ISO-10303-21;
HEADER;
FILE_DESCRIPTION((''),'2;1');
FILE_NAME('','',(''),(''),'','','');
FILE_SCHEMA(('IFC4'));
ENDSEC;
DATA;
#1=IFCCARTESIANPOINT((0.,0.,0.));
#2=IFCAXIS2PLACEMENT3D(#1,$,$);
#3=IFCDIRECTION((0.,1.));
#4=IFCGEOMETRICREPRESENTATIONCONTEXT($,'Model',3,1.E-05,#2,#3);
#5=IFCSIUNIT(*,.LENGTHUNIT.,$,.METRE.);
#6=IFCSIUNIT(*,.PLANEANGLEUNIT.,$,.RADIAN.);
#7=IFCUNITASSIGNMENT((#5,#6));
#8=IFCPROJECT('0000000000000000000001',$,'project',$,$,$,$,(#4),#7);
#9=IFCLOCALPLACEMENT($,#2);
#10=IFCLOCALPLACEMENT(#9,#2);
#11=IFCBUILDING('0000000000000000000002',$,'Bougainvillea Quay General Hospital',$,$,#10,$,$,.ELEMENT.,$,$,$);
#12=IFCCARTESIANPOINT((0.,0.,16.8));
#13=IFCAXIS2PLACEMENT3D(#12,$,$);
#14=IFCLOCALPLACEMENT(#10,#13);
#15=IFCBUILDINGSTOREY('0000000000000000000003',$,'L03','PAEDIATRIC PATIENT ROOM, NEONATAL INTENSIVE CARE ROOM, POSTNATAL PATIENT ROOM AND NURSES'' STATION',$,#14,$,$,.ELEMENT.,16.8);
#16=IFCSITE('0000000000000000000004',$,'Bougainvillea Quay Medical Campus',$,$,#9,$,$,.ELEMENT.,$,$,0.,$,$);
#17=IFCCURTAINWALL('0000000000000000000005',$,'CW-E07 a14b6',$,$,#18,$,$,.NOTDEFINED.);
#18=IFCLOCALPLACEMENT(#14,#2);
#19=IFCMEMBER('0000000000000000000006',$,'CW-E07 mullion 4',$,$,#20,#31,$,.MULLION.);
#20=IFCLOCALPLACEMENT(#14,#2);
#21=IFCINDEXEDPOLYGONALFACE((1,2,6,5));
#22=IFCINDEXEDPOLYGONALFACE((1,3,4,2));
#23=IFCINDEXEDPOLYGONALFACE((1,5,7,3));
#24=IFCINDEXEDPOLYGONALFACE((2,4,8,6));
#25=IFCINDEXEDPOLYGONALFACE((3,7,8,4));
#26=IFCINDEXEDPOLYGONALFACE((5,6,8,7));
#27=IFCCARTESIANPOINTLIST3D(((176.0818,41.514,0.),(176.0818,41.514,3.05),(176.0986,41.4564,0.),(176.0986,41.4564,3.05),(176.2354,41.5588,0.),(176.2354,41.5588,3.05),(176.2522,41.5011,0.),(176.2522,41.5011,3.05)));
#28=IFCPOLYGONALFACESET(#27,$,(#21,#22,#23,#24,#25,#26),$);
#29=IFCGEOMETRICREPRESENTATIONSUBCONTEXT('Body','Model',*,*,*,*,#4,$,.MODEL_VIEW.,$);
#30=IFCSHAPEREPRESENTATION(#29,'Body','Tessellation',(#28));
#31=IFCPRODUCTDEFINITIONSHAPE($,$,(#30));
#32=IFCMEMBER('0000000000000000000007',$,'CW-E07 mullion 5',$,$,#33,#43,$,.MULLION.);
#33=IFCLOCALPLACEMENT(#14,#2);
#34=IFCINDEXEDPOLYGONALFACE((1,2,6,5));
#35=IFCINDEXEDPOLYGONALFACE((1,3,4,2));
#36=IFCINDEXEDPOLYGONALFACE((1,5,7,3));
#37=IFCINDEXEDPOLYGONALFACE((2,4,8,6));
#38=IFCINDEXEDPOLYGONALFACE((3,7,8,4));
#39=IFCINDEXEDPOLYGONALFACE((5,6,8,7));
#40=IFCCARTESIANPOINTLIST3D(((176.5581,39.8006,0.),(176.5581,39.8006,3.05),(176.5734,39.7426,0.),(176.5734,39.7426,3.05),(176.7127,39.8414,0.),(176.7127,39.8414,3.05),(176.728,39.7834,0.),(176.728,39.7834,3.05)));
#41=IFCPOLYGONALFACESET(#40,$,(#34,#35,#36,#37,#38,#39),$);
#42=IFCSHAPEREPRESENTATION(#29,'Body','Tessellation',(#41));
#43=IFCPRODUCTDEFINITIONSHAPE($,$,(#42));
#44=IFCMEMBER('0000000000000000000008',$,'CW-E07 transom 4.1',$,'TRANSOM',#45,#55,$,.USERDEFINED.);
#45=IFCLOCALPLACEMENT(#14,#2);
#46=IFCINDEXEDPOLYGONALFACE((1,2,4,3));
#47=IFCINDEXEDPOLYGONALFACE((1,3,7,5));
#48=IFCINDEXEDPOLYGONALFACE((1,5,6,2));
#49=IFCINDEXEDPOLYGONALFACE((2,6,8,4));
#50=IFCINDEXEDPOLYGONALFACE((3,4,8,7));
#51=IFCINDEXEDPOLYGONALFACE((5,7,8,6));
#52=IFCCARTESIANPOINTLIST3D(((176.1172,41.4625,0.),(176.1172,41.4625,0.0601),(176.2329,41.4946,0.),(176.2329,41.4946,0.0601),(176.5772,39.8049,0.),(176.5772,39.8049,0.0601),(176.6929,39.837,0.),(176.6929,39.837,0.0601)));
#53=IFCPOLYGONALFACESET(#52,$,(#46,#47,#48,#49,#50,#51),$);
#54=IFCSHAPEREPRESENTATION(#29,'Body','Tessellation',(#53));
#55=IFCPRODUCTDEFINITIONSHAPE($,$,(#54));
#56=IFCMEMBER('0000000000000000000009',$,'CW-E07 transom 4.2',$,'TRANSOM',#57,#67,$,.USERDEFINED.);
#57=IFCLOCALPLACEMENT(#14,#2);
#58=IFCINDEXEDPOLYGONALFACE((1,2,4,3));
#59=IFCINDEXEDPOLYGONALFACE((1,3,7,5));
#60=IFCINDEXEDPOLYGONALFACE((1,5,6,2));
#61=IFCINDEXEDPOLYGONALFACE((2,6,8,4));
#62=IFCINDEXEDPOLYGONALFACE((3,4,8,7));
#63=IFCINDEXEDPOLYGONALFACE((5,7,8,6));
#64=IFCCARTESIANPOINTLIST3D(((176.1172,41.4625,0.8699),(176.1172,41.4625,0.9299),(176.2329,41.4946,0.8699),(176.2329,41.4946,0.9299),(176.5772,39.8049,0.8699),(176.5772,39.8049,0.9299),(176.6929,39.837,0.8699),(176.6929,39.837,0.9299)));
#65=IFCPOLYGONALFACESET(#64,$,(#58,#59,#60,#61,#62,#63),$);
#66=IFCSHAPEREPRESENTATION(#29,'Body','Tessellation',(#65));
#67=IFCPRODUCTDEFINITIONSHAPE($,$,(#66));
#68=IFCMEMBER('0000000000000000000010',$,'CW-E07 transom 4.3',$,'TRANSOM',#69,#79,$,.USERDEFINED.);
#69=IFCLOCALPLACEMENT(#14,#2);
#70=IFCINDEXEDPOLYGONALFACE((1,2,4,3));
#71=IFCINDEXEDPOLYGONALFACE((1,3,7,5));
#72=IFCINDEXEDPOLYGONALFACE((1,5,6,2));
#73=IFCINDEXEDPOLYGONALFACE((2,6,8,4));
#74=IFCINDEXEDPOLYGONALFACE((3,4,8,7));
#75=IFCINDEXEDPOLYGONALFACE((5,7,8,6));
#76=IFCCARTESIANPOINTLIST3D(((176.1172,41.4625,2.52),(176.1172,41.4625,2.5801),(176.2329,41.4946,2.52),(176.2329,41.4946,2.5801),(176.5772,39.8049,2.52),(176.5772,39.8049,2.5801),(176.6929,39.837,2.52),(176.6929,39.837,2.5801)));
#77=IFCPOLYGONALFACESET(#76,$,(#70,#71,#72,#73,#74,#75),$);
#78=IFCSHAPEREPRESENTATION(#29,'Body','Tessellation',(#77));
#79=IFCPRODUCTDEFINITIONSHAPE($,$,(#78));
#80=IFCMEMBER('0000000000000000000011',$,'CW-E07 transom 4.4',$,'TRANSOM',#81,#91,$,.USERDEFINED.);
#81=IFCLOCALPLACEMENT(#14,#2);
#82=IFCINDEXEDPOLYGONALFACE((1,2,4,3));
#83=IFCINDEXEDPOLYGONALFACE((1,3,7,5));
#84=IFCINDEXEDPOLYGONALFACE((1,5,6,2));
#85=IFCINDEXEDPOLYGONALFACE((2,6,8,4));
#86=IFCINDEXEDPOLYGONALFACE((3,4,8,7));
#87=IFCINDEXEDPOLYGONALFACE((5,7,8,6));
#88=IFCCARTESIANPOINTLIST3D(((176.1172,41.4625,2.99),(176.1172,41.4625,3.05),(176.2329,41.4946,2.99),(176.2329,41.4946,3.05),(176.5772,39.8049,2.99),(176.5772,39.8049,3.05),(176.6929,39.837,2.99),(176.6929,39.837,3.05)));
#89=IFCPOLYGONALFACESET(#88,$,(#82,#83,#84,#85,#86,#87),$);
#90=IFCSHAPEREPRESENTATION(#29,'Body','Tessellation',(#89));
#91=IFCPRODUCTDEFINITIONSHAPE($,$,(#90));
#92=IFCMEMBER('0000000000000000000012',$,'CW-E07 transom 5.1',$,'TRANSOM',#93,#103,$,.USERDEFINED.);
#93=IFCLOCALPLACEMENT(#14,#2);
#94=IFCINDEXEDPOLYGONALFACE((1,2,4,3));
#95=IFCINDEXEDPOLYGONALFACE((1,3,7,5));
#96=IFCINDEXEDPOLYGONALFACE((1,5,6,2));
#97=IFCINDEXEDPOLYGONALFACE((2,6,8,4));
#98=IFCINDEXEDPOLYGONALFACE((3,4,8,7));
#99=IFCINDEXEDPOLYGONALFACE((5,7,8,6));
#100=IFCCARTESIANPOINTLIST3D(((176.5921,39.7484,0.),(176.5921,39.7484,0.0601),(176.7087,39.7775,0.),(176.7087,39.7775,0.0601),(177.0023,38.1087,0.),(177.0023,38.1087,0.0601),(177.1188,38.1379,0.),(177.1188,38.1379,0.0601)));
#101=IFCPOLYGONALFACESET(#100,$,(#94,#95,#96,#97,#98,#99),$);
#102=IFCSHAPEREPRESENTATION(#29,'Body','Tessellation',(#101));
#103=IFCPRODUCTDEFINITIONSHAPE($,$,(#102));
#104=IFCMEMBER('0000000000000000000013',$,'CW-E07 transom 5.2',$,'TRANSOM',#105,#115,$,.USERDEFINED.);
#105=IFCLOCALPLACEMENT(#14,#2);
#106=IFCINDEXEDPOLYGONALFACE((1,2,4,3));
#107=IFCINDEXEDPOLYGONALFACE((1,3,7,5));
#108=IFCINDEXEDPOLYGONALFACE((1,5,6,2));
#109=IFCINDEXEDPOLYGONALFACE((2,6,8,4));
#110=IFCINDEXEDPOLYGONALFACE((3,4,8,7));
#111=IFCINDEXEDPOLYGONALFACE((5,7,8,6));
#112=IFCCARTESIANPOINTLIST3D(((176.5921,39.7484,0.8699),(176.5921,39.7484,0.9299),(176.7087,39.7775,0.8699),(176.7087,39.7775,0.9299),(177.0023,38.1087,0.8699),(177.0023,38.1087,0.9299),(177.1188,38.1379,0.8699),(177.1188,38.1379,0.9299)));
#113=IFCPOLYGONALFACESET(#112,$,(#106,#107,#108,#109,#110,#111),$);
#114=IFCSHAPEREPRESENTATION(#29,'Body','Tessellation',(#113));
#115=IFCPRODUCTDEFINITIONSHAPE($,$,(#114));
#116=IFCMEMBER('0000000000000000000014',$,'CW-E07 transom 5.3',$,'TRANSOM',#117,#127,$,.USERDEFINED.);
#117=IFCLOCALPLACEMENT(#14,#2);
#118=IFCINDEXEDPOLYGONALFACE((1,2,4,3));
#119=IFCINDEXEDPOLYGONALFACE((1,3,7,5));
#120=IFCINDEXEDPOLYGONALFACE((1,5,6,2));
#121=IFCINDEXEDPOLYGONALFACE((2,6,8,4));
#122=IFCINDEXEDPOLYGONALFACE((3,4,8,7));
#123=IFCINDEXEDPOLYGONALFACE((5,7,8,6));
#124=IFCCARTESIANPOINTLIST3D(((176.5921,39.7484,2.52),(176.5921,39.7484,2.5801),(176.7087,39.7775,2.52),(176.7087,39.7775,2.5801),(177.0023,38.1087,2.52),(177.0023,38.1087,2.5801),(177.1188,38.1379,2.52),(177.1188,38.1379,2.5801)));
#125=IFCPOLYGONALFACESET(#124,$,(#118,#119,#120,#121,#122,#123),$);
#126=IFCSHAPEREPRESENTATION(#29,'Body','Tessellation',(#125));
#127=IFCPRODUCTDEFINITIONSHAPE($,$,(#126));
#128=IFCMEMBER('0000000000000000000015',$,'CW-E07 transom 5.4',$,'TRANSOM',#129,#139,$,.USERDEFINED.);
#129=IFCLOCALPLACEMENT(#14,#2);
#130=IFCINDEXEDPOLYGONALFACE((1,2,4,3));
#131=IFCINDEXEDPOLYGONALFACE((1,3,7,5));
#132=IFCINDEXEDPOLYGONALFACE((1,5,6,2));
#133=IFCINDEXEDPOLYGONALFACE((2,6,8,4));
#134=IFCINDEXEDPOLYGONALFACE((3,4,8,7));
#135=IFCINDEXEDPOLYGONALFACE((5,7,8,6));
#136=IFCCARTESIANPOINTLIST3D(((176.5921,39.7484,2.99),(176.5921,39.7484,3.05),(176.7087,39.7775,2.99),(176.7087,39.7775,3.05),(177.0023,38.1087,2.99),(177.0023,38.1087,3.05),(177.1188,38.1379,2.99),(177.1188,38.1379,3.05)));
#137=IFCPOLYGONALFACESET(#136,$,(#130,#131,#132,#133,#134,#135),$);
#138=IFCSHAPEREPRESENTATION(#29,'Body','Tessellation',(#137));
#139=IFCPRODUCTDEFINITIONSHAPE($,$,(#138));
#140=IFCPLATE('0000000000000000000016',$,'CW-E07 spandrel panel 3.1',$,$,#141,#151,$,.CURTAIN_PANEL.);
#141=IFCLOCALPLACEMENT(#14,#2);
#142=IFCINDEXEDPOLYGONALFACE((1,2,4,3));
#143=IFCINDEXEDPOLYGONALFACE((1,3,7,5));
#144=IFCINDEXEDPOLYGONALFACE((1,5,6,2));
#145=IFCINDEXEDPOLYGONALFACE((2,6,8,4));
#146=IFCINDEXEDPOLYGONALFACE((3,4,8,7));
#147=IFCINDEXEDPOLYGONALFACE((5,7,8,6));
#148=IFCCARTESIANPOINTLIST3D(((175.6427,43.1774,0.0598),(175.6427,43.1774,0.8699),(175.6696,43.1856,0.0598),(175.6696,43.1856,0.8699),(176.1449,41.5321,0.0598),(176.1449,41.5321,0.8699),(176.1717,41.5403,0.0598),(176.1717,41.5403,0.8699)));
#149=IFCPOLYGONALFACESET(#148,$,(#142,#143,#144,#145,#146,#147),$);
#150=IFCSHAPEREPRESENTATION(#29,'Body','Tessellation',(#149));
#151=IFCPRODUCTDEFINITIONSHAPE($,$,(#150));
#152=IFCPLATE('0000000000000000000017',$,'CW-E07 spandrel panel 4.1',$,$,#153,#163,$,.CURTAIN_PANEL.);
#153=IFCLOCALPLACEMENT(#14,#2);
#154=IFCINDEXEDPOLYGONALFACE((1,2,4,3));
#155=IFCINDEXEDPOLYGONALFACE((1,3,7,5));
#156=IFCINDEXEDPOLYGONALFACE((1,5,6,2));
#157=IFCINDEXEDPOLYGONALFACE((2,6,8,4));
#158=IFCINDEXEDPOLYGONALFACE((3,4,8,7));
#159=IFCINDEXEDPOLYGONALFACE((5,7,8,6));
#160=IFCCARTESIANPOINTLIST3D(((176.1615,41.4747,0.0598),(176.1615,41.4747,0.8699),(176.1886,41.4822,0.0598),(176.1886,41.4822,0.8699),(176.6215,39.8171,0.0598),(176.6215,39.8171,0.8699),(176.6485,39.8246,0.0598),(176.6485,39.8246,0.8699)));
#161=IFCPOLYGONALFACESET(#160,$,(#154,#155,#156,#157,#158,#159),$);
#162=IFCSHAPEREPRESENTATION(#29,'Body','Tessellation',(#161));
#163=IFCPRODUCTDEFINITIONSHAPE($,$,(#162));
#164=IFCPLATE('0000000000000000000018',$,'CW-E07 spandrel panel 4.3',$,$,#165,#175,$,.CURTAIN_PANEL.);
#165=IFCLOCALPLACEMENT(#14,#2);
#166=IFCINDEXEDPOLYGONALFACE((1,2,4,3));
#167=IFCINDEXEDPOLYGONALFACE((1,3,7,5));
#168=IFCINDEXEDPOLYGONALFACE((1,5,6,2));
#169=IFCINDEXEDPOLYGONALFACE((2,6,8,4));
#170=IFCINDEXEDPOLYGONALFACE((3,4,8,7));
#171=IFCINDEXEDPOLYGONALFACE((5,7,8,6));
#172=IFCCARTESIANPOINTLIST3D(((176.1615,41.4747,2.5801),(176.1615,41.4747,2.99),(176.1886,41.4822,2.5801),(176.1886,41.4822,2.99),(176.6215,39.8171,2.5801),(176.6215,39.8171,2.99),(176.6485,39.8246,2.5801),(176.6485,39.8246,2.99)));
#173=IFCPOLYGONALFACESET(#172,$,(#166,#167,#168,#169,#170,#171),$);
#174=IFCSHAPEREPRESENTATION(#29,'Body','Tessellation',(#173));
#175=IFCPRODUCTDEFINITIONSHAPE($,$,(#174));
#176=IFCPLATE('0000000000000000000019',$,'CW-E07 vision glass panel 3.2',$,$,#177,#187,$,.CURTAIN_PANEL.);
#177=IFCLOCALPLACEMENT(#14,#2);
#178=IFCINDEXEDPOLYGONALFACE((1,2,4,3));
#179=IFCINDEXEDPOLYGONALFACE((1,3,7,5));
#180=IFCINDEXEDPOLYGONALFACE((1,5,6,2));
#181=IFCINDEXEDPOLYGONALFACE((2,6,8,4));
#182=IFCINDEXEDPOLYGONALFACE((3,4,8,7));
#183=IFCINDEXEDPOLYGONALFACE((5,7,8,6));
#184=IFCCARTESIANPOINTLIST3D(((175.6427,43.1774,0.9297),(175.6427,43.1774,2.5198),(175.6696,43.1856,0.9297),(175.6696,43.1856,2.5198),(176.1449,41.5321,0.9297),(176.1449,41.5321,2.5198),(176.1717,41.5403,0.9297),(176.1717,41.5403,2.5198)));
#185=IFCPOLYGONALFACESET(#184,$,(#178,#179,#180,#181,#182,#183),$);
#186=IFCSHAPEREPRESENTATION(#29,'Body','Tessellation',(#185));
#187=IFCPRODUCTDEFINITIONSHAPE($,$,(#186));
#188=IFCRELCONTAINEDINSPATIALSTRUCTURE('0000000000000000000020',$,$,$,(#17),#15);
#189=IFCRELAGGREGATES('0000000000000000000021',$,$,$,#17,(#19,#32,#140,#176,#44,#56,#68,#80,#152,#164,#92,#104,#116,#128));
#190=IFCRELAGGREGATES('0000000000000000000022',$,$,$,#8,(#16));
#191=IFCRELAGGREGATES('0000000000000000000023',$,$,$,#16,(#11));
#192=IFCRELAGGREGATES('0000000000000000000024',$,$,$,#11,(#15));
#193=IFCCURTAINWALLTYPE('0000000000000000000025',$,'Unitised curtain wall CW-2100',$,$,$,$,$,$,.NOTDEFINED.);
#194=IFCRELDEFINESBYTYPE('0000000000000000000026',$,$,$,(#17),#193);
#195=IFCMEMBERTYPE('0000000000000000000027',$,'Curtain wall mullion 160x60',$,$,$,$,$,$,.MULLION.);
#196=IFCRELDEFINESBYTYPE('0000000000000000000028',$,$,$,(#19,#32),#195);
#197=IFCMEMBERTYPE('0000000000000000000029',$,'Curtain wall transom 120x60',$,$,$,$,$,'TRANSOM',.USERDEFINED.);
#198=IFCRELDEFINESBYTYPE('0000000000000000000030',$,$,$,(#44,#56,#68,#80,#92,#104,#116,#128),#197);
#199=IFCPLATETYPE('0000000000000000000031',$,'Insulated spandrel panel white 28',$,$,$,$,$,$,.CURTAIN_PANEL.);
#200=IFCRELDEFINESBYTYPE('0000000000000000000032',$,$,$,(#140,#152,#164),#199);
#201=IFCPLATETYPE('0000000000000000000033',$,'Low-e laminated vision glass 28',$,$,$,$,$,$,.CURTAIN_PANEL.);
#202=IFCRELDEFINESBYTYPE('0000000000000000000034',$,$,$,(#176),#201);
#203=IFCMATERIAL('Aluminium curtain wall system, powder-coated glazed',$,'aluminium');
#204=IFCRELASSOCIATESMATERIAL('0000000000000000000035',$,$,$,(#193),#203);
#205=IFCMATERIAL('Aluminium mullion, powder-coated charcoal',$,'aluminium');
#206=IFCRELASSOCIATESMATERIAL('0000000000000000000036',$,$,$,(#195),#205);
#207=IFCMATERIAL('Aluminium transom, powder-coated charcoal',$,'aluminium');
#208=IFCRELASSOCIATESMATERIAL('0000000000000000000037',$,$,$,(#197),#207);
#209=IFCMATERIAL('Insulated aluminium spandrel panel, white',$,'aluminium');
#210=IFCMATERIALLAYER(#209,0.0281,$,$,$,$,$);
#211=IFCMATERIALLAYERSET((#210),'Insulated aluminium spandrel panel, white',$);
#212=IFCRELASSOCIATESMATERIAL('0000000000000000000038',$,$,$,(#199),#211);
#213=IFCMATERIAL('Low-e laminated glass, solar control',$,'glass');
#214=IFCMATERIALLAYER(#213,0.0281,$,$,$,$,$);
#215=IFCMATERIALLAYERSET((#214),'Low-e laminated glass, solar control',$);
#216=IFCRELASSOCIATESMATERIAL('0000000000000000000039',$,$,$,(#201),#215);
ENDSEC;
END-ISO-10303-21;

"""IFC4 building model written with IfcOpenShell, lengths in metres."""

from ifc_helpers import new_model, si_unit, direction, frame, origin, origin_2d, place, context, subcontext, project, spatial, rectangle, extrude, material, layer, layer_set, material_profile, profile_set, type_object, element, aggregate, save


model = new_model("IFC4")

# Units and contexts
model_context = context("Model", 3, precision=1e-05, world=origin(), true_north=direction((0.0, 1.0)))
body_context = subcontext(model_context, "Body", "Model", "MODEL_VIEW")
ifc_project = project(units=[si_unit("LENGTHUNIT", "METRE"), si_unit("PLANEANGLEUNIT", "RADIAN")], contexts=[model_context])

# Site, building, storey
site_placement = place(None, origin())
site = spatial("IfcSite", under=ifc_project, at=site_placement, Name="Bougainvillea Quay Medical Campus", CompositionType="ELEMENT", RefElevation=0.0)
building_placement = place(site_placement, origin())
building = spatial("IfcBuilding", under=site, at=building_placement, Name="Bougainvillea Quay General Hospital", CompositionType="ELEMENT")
storey_placement = place(building_placement, frame((0.0, 0.0, 16.8)))
storey = spatial("IfcBuildingStorey", under=building, at=storey_placement, Name="L03", Description="PAEDIATRIC PATIENT ROOM, NEONATAL INTENSIVE CARE ROOM, POSTNATAL PATIENT ROOM AND NURSES' STATION", CompositionType="ELEMENT", Elevation=16.8)

# Curtain wall, members, plates
ifc_material_1 = material(Name="Aluminium curtain wall system, powder-coated glazed", Category="aluminium")
curtain_wall_type = type_object("IfcCurtainWallType", Name="Unitised curtain wall CW-2100", PredefinedType="NOTDEFINED", material=ifc_material_1)
curtain_wall_placement = place(storey_placement, origin())
curtain_wall = element("IfcCurtainWall", 1, at=curtain_wall_placement, inside=storey, type_object=curtain_wall_type, Name="CW-E07 a14b6", PredefinedType="NOTDEFINED")
ifc_material_2 = material(Name="Aluminium mullion, powder-coated charcoal", Category="aluminium")
ifc_material_profile_1 = material_profile(ifc_material_2, rectangle(XDim=0.1599, YDim=0.0601, at=origin_2d()))
ifc_profile_set_1 = profile_set([ifc_material_profile_1], Name="Aluminium mullion, powder-coated charcoal")
member_type_1 = type_object("IfcMemberType", Name="Curtain wall mullion 160x60", PredefinedType="MULLION", material=ifc_profile_set_1)
member_1_placement = place(storey_placement, frame((176.167, 41.5076, 0.0), z_axis=(0.0, 0.0, 1.0), x_axis=(0.960095, 0.279675, 0.0)))
member_1 = element("IfcMember", 2, at=member_1_placement, type_object=member_type_1, Name="CW-E07 mullion 4", PredefinedType="MULLION", context=body_context, shape_type="SweptSolid", body=[
    extrude(rectangle(XDim=0.1599, YDim=0.0601, at=origin_2d()), origin(), (0.0, 0.0, 1.0), 3.05),
])
member_2_placement = place(storey_placement, frame((176.6431, 39.792, 0.0), z_axis=(0.0, 0.0, 1.0), x_axis=(0.96692, 0.255081, 0.0)))
member_2 = element("IfcMember", 3, at=member_2_placement, type_object=member_type_1, Name="CW-E07 mullion 5", PredefinedType="MULLION", context=body_context, shape_type="SweptSolid", body=[
    extrude(rectangle(XDim=0.1599, YDim=0.0601, at=origin_2d()), origin(), (0.0, 0.0, 1.0), 3.05),
])
ifc_material_3 = material(Name="Aluminium transom, powder-coated charcoal", Category="aluminium")
ifc_material_profile_2 = material_profile(ifc_material_3, rectangle(XDim=0.1201, YDim=0.0601, at=origin_2d()))
ifc_profile_set_2 = profile_set([ifc_material_profile_2], Name="Aluminium transom, powder-coated charcoal")
member_type_2 = type_object("IfcMemberType", Name="Curtain wall transom 120x60", ElementType="TRANSOM", PredefinedType="USERDEFINED", material=ifc_profile_set_2)
member_3_placement = place(storey_placement, frame((176.175, 41.4785, 0.03), z_axis=(0.267402, -0.963585, 0.0), x_axis=(0.963585, 0.267402, 0.0)))
member_3 = element("IfcMember", 4, at=member_3_placement, type_object=member_type_2, Name="CW-E07 transom 4.1", ObjectType="TRANSOM", PredefinedType="USERDEFINED", context=body_context, shape_type="SweptSolid", body=[
    extrude(rectangle(XDim=0.1201, YDim=0.0601, at=origin_2d()), origin(), (0.0, 0.0, 1.0), 1.7202),
])
member_4_placement = place(storey_placement, frame((176.175, 41.4785, 0.8999), z_axis=(0.267402, -0.963585, 0.0), x_axis=(0.963585, 0.267402, 0.0)))
member_4 = element("IfcMember", 5, at=member_4_placement, type_object=member_type_2, Name="CW-E07 transom 4.2", ObjectType="TRANSOM", PredefinedType="USERDEFINED", context=body_context, shape_type="SweptSolid", body=[
    extrude(rectangle(XDim=0.1201, YDim=0.0601, at=origin_2d()), origin(), (0.0, 0.0, 1.0), 1.7202),
])
member_5_placement = place(storey_placement, frame((176.175, 41.4785, 2.55), z_axis=(0.267402, -0.963585, 0.0), x_axis=(0.963585, 0.267402, 0.0)))
member_5 = element("IfcMember", 6, at=member_5_placement, type_object=member_type_2, Name="CW-E07 transom 4.3", ObjectType="TRANSOM", PredefinedType="USERDEFINED", context=body_context, shape_type="SweptSolid", body=[
    extrude(rectangle(XDim=0.1201, YDim=0.0601, at=origin_2d()), origin(), (0.0, 0.0, 1.0), 1.7202),
])
member_6_placement = place(storey_placement, frame((176.175, 41.4785, 3.02), z_axis=(0.267402, -0.963585, 0.0), x_axis=(0.963585, 0.267402, 0.0)))
member_6 = element("IfcMember", 7, at=member_6_placement, type_object=member_type_2, Name="CW-E07 transom 4.4", ObjectType="TRANSOM", PredefinedType="USERDEFINED", context=body_context, shape_type="SweptSolid", body=[
    extrude(rectangle(XDim=0.1201, YDim=0.0601, at=origin_2d()), origin(), (0.0, 0.0, 1.0), 1.7202),
])
member_7_placement = place(storey_placement, frame((176.6504, 39.7629, 0.03), z_axis=(0.242672, -0.970109, 0.0), x_axis=(0.970109, 0.242672, 0.0)))
member_7 = element("IfcMember", 8, at=member_7_placement, type_object=member_type_2, Name="CW-E07 transom 5.1", ObjectType="TRANSOM", PredefinedType="USERDEFINED", context=body_context, shape_type="SweptSolid", body=[
    extrude(rectangle(XDim=0.1201, YDim=0.0601, at=origin_2d()), origin(), (0.0, 0.0, 1.0), 1.6902),
])
member_8_placement = place(storey_placement, frame((176.6504, 39.7629, 0.8999), z_axis=(0.242672, -0.970109, 0.0), x_axis=(0.970109, 0.242672, 0.0)))
member_8 = element("IfcMember", 9, at=member_8_placement, type_object=member_type_2, Name="CW-E07 transom 5.2", ObjectType="TRANSOM", PredefinedType="USERDEFINED", context=body_context, shape_type="SweptSolid", body=[
    extrude(rectangle(XDim=0.1201, YDim=0.0601, at=origin_2d()), origin(), (0.0, 0.0, 1.0), 1.6902),
])
member_9_placement = place(storey_placement, frame((176.6504, 39.7629, 2.55), z_axis=(0.242672, -0.970109, 0.0), x_axis=(0.970109, 0.242672, 0.0)))
member_9 = element("IfcMember", 10, at=member_9_placement, type_object=member_type_2, Name="CW-E07 transom 5.3", ObjectType="TRANSOM", PredefinedType="USERDEFINED", context=body_context, shape_type="SweptSolid", body=[
    extrude(rectangle(XDim=0.1201, YDim=0.0601, at=origin_2d()), origin(), (0.0, 0.0, 1.0), 1.6902),
])
member_10_placement = place(storey_placement, frame((176.6504, 39.7629, 3.02), z_axis=(0.242672, -0.970109, 0.0), x_axis=(0.970109, 0.242672, 0.0)))
member_10 = element("IfcMember", 11, at=member_10_placement, type_object=member_type_2, Name="CW-E07 transom 5.4", ObjectType="TRANSOM", PredefinedType="USERDEFINED", context=body_context, shape_type="SweptSolid", body=[
    extrude(rectangle(XDim=0.1201, YDim=0.0601, at=origin_2d()), origin(), (0.0, 0.0, 1.0), 1.6902),
])
ifc_material_4 = material(Name="Insulated aluminium spandrel panel, white", Category="aluminium")
ifc_layer_1 = layer(ifc_material_4, 0.0281)
ifc_layer_set_1 = layer_set([ifc_layer_1], Name="Insulated aluminium spandrel panel, white")
plate_type_1 = type_object("IfcPlateType", Name="Insulated spandrel panel white 28", PredefinedType="CURTAIN_PANEL", material=ifc_layer_set_1)
plate_1_placement = place(storey_placement, frame((175.9072, 42.3589, 0.0598), z_axis=(0.0, 0.0, 1.0), x_axis=(0.291904, -0.956448, 0.0)))
plate_1 = element("IfcPlate", 12, at=plate_1_placement, type_object=plate_type_1, Name="CW-E07 spandrel panel 3.1", PredefinedType="CURTAIN_PANEL", context=body_context, shape_type="SweptSolid", body=[
    extrude(rectangle(XDim=1.7202, YDim=0.0281, at=origin_2d()), origin(), (0.0, 0.0, 1.0), 0.8101),
])
plate_2_placement = place(storey_placement, frame((176.405, 40.6497, 0.0598), z_axis=(0.0, 0.0, 1.0), x_axis=(0.2674, -0.963586, 0.0)))
plate_2 = element("IfcPlate", 13, at=plate_2_placement, type_object=plate_type_1, Name="CW-E07 spandrel panel 4.1", PredefinedType="CURTAIN_PANEL", context=body_context, shape_type="SweptSolid", body=[
    extrude(rectangle(XDim=1.7202, YDim=0.0281, at=origin_2d()), origin(), (0.0, 0.0, 1.0), 0.8101),
])
plate_3_placement = place(storey_placement, frame((176.405, 40.6497, 2.5801), z_axis=(0.0, 0.0, 1.0), x_axis=(0.2674, -0.963586, 0.0)))
plate_3 = element("IfcPlate", 14, at=plate_3_placement, type_object=plate_type_1, Name="CW-E07 spandrel panel 4.3", PredefinedType="CURTAIN_PANEL", context=body_context, shape_type="SweptSolid", body=[
    extrude(rectangle(XDim=1.7202, YDim=0.0281, at=origin_2d()), origin(), (0.0, 0.0, 1.0), 0.4099),
])
ifc_material_5 = material(Name="Low-e laminated glass, solar control", Category="glass")
ifc_layer_2 = layer(ifc_material_5, 0.0281)
ifc_layer_set_2 = layer_set([ifc_layer_2], Name="Low-e laminated glass, solar control")
plate_type_2 = type_object("IfcPlateType", Name="Low-e laminated vision glass 28", PredefinedType="CURTAIN_PANEL", material=ifc_layer_set_2)
plate_4_placement = place(storey_placement, frame((175.9072, 42.3589, 0.9297), z_axis=(0.0, 0.0, 1.0), x_axis=(0.291904, -0.956448, 0.0)))
plate_4 = element("IfcPlate", 15, at=plate_4_placement, type_object=plate_type_2, Name="CW-E07 vision glass panel 3.2", PredefinedType="CURTAIN_PANEL", context=body_context, shape_type="SweptSolid", body=[
    extrude(rectangle(XDim=1.7202, YDim=0.0281, at=origin_2d()), origin(), (0.0, 0.0, 1.0), 1.5901),
])
aggregate(curtain_wall, [member_1, member_2, plate_1, plate_4, member_3, member_4, member_5, member_6, plate_2, plate_3, member_7, member_8, member_9, member_10])

save(model, "model.ifc")
